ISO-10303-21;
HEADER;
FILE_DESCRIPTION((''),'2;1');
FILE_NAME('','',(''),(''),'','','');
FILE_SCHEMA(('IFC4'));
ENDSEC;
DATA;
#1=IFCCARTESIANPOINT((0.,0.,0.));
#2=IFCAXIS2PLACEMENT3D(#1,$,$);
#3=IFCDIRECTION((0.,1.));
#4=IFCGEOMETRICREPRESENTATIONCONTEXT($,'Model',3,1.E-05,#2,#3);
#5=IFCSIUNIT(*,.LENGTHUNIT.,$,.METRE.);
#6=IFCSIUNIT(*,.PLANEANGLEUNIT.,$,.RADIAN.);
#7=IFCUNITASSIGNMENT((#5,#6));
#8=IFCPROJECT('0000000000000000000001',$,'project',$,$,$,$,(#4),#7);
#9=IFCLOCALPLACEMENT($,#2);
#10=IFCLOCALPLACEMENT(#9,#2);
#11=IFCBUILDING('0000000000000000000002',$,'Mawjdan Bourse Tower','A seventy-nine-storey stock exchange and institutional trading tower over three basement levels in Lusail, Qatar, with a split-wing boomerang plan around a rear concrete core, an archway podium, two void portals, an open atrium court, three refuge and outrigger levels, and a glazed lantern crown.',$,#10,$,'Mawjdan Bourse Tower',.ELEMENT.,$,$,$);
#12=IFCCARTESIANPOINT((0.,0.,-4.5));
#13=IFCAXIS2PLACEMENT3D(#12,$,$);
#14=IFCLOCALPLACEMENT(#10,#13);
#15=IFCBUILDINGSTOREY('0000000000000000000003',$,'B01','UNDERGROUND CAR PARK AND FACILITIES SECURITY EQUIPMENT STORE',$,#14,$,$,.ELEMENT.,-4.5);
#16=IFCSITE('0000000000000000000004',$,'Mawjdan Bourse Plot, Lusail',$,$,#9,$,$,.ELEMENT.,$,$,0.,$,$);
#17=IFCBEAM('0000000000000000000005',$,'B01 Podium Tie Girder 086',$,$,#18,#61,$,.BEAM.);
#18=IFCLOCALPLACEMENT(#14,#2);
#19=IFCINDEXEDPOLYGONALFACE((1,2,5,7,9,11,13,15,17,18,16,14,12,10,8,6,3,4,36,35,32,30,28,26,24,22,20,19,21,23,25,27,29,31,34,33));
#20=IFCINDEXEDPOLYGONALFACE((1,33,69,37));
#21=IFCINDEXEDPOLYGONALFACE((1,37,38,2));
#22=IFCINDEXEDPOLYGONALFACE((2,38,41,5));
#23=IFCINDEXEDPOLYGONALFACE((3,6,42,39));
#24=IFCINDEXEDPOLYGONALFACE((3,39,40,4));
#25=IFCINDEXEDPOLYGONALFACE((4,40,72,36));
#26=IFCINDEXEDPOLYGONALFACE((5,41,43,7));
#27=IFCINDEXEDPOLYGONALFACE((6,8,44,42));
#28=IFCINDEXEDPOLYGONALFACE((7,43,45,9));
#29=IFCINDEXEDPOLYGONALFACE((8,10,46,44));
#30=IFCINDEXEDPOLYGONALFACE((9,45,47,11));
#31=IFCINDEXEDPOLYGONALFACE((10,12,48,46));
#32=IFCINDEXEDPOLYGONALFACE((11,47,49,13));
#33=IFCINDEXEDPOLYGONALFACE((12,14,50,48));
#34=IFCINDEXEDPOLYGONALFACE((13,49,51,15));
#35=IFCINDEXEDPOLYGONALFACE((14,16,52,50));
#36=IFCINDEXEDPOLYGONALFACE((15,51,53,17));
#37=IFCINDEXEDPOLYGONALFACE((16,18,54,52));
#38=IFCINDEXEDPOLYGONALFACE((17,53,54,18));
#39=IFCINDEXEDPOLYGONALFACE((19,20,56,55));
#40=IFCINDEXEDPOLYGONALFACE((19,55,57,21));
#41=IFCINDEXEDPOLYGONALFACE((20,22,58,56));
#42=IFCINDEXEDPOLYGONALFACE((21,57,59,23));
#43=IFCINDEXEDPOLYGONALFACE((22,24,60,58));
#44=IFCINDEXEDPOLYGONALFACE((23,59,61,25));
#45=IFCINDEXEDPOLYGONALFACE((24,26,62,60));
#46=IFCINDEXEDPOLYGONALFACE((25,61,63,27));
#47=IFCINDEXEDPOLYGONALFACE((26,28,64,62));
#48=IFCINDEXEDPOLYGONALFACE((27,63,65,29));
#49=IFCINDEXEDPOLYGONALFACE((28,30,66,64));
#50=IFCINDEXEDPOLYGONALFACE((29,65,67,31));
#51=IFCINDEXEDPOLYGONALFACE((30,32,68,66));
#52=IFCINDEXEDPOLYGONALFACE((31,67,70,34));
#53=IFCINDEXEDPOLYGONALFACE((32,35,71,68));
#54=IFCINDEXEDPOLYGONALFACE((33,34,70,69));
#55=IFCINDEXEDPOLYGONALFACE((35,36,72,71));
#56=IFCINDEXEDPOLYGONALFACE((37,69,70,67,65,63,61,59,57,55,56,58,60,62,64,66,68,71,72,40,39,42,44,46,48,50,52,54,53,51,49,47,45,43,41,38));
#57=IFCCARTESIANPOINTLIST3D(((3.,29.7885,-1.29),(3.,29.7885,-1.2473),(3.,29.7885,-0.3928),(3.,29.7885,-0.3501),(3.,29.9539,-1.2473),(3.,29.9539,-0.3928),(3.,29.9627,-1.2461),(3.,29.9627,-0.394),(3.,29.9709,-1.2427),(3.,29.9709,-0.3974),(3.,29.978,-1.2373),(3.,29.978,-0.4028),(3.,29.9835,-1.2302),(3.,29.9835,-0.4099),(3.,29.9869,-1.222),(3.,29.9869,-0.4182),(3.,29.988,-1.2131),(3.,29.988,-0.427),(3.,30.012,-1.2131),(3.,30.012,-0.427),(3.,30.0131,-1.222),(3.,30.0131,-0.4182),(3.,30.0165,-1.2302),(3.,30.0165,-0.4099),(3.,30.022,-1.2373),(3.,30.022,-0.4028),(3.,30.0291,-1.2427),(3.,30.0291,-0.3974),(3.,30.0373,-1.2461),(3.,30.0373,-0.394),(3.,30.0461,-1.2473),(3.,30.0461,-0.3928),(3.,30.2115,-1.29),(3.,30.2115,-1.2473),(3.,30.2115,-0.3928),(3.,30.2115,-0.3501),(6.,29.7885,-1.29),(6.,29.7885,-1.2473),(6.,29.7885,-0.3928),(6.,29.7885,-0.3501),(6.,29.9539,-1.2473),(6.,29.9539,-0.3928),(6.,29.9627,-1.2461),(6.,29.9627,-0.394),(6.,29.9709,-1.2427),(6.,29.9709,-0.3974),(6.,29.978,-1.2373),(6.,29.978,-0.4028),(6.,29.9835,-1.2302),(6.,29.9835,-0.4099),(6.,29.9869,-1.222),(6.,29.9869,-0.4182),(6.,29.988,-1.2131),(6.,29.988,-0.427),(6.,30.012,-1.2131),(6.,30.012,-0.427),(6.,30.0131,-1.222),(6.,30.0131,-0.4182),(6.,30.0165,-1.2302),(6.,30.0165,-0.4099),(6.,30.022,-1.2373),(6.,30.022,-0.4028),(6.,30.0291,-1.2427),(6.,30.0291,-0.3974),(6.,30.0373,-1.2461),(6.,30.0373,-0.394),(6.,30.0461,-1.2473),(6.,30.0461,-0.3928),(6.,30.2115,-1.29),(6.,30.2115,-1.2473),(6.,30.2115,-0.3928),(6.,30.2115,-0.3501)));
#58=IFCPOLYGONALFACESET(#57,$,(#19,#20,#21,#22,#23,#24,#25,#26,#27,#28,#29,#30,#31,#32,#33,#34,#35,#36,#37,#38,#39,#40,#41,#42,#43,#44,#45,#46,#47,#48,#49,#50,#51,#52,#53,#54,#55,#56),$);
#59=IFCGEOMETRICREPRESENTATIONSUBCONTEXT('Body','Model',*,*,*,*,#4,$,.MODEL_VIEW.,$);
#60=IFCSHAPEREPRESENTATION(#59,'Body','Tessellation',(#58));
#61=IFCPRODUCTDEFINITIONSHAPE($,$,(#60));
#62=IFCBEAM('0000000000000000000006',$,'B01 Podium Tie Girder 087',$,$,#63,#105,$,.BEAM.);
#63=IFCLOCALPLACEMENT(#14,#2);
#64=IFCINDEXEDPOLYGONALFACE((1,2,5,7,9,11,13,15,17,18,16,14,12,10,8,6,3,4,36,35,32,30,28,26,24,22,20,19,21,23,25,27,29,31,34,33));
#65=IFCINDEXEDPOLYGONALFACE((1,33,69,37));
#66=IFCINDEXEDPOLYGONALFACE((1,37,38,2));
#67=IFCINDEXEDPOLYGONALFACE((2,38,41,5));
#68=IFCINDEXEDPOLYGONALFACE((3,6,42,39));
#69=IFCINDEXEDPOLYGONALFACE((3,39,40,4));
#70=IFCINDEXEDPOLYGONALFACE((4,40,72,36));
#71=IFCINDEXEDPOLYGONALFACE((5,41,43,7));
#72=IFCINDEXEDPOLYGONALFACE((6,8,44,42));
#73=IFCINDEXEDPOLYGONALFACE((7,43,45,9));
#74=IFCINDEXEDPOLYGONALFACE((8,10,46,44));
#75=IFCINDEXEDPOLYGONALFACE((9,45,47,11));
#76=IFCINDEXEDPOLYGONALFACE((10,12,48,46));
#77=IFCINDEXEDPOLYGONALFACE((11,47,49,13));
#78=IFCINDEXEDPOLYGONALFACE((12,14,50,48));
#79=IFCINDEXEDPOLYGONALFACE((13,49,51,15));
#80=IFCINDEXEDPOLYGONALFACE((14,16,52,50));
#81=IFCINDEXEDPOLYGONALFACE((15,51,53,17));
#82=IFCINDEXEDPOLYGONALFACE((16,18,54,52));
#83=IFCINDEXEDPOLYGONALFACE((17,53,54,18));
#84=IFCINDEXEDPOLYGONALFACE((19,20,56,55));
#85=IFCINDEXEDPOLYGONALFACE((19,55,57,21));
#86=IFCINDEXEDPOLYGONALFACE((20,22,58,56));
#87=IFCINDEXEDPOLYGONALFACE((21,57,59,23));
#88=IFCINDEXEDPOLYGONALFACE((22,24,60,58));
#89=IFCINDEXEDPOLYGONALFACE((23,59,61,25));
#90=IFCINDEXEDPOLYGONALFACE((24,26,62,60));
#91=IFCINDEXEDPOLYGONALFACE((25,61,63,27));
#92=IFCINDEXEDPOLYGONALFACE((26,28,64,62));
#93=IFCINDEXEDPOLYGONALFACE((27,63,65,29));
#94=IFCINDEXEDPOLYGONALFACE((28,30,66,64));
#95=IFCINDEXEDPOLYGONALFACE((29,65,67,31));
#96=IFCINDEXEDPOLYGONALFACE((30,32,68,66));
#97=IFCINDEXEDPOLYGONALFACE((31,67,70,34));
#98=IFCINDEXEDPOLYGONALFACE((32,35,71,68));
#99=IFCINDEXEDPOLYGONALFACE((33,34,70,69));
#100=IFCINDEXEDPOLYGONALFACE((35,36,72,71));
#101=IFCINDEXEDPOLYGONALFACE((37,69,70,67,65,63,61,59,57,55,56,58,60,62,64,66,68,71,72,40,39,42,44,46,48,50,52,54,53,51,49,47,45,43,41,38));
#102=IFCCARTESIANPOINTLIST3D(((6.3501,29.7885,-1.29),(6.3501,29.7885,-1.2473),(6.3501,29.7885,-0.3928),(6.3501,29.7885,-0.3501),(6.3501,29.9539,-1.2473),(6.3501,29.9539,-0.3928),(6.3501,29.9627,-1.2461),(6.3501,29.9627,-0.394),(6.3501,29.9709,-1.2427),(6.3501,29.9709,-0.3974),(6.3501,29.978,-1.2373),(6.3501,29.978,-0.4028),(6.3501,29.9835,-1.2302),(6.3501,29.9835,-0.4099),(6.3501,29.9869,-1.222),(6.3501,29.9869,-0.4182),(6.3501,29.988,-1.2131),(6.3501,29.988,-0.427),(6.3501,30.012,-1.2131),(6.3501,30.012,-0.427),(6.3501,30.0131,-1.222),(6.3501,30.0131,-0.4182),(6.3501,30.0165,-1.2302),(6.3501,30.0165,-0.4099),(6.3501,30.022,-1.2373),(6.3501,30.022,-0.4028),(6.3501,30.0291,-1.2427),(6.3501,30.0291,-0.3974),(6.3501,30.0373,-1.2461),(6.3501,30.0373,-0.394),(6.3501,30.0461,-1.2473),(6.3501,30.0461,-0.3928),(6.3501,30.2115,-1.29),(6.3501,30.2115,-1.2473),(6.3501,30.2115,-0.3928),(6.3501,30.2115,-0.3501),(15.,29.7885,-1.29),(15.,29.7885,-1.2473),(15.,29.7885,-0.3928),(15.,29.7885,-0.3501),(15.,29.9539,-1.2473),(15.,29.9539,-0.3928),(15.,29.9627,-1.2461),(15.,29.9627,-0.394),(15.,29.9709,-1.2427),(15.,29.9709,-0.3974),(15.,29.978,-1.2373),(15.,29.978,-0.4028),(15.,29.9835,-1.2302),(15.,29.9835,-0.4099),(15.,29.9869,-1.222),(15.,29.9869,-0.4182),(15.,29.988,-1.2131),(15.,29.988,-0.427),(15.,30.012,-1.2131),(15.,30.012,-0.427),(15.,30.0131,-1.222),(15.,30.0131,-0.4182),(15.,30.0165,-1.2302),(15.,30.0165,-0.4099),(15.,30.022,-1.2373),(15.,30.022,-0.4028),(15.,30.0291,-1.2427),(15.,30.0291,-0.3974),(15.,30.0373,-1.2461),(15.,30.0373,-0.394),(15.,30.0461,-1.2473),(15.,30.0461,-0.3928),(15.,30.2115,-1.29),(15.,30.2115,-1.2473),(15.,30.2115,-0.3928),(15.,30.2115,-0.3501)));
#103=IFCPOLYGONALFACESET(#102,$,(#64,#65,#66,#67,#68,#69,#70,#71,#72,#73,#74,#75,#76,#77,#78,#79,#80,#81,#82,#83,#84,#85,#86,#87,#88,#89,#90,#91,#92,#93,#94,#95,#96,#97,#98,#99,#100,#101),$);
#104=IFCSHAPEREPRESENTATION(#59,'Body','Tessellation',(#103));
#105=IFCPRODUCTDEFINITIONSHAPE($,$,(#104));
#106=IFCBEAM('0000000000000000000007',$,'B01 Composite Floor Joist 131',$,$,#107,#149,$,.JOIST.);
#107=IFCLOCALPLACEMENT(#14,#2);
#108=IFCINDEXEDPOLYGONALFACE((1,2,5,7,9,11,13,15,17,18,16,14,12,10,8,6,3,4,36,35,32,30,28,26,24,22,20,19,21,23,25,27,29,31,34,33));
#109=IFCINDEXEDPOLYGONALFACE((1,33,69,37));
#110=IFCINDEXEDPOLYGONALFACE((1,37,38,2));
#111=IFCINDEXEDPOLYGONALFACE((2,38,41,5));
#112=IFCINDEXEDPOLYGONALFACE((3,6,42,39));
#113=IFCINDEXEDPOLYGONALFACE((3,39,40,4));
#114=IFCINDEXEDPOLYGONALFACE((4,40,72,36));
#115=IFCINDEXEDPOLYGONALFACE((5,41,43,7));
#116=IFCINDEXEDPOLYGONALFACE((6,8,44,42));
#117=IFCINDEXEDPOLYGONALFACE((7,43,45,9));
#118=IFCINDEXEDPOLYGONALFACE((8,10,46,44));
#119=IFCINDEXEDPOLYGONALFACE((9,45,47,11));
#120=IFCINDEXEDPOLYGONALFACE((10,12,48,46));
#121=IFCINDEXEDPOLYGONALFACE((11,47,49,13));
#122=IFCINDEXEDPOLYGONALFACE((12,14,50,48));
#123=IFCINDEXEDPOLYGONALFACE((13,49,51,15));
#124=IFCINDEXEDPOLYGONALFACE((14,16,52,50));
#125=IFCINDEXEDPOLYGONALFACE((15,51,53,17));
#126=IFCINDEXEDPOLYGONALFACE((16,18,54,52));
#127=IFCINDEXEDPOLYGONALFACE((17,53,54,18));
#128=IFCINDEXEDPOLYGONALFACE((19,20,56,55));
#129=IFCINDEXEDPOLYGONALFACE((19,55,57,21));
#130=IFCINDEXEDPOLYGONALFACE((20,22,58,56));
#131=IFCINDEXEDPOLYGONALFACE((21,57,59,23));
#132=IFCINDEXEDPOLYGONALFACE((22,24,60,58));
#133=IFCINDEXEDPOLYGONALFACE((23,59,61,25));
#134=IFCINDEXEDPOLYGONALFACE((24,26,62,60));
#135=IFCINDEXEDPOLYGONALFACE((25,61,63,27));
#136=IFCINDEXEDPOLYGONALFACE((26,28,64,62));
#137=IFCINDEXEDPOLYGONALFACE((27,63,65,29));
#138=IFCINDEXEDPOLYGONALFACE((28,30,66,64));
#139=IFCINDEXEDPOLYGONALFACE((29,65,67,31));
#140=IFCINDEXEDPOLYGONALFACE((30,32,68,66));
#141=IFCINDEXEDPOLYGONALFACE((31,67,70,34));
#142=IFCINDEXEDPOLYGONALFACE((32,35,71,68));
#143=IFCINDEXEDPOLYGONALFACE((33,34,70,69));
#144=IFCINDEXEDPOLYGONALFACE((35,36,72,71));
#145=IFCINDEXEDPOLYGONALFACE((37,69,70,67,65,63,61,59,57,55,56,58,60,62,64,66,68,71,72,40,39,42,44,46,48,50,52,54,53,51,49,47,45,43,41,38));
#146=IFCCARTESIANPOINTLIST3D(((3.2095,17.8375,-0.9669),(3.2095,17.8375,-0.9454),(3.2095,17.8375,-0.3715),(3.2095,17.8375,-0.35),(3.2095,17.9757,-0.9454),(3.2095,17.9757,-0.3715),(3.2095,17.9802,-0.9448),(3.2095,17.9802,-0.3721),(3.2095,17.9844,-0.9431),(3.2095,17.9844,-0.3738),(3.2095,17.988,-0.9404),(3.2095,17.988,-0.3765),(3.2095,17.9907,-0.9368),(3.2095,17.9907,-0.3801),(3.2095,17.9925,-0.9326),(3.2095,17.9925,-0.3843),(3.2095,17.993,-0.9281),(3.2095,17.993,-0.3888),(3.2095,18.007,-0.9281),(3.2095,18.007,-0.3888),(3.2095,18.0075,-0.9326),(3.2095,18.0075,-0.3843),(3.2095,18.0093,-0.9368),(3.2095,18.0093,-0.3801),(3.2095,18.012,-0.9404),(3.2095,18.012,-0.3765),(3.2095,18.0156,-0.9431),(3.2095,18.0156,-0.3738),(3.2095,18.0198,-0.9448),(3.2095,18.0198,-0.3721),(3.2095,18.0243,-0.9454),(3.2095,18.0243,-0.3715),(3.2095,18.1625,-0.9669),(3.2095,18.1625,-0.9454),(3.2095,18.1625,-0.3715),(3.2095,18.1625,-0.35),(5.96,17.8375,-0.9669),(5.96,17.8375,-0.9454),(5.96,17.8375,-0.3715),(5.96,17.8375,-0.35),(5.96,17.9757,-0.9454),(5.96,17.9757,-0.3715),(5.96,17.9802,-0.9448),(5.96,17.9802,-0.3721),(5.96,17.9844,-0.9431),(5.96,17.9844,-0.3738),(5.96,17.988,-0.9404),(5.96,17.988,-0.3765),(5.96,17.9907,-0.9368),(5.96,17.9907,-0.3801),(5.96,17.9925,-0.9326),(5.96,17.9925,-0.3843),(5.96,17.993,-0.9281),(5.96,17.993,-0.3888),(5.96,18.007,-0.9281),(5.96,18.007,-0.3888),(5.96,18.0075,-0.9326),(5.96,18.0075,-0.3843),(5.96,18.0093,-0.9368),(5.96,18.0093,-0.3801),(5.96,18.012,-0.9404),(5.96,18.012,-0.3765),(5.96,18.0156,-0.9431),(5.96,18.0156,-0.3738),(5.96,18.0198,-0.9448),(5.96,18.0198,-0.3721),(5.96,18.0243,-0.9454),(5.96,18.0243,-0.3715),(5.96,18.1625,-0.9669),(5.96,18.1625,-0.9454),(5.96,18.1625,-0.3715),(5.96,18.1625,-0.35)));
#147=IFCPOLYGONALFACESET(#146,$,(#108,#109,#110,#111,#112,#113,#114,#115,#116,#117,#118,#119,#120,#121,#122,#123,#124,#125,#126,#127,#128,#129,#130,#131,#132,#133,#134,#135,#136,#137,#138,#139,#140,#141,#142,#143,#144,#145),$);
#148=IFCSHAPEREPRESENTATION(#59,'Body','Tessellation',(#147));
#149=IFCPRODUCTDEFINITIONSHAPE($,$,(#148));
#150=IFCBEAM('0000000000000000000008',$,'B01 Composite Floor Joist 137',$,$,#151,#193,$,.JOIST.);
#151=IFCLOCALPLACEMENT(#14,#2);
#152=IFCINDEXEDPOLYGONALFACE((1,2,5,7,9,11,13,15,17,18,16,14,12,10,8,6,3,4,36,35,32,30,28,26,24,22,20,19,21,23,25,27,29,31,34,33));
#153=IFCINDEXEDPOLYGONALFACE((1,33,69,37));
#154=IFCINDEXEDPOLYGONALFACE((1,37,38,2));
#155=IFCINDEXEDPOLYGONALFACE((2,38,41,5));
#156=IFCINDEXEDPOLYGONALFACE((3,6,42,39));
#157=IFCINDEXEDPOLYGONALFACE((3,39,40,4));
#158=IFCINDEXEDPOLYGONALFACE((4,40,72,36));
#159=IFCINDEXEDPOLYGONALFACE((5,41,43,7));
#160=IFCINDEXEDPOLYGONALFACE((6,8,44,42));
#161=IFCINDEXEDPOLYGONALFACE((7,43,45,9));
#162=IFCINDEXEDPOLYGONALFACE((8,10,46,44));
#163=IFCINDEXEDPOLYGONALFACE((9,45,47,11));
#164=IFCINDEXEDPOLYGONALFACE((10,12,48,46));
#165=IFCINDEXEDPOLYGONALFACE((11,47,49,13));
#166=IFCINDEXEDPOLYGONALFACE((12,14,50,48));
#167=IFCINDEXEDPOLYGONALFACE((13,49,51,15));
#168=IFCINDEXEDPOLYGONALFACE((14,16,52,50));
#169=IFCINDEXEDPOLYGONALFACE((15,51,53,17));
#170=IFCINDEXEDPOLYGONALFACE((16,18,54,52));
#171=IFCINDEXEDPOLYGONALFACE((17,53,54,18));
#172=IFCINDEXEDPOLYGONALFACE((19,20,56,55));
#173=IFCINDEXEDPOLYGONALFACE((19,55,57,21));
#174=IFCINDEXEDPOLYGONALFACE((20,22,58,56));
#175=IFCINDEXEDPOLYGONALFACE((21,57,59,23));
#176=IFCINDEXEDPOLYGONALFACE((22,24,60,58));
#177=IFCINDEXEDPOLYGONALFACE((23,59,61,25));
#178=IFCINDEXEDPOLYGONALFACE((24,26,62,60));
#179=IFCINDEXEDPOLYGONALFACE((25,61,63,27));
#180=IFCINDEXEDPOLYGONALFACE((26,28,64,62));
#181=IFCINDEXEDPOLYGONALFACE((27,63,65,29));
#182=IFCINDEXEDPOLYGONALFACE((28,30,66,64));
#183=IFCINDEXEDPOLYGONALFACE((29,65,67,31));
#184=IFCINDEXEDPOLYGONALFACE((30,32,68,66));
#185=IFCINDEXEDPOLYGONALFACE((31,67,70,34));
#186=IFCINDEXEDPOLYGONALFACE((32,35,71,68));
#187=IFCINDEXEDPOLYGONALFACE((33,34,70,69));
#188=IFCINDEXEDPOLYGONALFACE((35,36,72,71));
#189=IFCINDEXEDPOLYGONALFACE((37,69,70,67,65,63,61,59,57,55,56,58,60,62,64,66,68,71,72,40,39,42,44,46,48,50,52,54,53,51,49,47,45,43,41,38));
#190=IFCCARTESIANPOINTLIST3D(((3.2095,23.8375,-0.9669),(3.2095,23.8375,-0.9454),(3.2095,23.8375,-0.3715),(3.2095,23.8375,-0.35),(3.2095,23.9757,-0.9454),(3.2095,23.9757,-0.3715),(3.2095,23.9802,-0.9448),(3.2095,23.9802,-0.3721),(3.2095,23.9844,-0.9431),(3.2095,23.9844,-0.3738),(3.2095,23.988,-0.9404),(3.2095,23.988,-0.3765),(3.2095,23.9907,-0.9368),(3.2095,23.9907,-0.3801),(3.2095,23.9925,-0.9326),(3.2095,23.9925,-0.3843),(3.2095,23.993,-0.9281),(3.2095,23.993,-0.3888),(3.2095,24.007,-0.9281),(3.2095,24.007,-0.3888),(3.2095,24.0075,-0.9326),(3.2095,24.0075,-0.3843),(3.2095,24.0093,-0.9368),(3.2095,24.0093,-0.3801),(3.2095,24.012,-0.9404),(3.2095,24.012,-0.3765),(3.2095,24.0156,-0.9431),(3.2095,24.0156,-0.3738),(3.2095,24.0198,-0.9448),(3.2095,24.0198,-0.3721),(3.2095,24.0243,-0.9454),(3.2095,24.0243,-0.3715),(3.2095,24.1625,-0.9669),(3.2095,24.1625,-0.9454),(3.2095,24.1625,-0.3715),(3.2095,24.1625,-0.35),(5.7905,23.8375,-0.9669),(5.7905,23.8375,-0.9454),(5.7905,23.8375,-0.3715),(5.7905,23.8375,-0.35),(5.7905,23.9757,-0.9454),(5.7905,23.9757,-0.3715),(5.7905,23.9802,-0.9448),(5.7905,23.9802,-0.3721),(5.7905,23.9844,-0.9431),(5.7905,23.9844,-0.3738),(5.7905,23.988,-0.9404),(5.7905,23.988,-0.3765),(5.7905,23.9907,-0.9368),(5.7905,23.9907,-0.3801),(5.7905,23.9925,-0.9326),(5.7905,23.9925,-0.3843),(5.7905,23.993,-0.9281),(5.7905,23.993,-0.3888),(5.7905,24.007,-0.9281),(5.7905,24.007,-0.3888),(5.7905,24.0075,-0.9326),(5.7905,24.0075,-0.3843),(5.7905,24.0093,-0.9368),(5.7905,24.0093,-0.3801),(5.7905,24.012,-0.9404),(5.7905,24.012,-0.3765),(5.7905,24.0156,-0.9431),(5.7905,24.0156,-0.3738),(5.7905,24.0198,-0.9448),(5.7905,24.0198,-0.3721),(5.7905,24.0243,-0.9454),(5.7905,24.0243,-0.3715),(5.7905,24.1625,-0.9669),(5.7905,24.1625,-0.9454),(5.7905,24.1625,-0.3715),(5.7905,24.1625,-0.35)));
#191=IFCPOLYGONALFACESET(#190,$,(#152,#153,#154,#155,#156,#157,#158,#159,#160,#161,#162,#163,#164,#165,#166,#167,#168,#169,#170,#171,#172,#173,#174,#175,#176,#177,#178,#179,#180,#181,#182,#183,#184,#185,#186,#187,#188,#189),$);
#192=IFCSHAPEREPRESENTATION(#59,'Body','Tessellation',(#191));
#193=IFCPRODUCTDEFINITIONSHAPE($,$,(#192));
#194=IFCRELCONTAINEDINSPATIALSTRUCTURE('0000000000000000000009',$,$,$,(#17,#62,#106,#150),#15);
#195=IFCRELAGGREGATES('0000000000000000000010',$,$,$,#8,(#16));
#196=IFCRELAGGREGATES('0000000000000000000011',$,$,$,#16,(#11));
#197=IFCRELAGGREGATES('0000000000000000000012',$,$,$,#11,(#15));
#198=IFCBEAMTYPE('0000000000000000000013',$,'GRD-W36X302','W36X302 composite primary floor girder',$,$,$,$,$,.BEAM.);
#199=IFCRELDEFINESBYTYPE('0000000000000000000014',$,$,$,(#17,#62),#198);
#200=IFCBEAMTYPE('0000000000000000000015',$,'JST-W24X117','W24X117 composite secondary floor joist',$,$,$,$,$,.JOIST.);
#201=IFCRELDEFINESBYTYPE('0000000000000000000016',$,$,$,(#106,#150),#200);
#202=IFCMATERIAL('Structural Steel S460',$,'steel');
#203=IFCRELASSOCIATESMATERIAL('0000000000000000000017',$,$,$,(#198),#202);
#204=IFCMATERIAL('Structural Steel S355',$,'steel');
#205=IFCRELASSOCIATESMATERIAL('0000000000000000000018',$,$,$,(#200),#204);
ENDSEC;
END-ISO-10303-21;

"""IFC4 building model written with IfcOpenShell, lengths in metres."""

from ifc_helpers import new_model, si_unit, direction, frame, origin, origin_2d, place, context, subcontext, project, spatial, i_section, extrude, material, material_profile, profile_set, type_object, element, save


model = new_model("IFC4")

# Units and contexts
model_context = context("Model", 3, precision=1e-05, world=origin(), true_north=direction((0.0, 1.0)))
body_context = subcontext(model_context, "Body", "Model", "MODEL_VIEW")
ifc_project = project(units=[si_unit("LENGTHUNIT", "METRE"), si_unit("PLANEANGLEUNIT", "RADIAN")], contexts=[model_context])

# Site, building, storey
site_placement = place(None, origin())
site = spatial("IfcSite", under=ifc_project, at=site_placement, Name="Mawjdan Bourse Plot, Lusail", CompositionType="ELEMENT", RefElevation=0.0)
building_placement = place(site_placement, origin())
building = spatial("IfcBuilding", under=site, at=building_placement, Name="Mawjdan Bourse Tower", Description="A seventy-nine-storey stock exchange and institutional trading tower over three basement levels in Lusail, Qatar, with a split-wing boomerang plan around a rear concrete core, an archway podium, two void portals, an open atrium court, three refuge and outrigger levels, and a glazed lantern crown.", LongName="Mawjdan Bourse Tower", CompositionType="ELEMENT")
storey_placement = place(building_placement, frame((0.0, 0.0, -4.5)))
storey = spatial("IfcBuildingStorey", under=building, at=storey_placement, Name="B01", Description="UNDERGROUND CAR PARK AND FACILITIES SECURITY EQUIPMENT STORE", CompositionType="ELEMENT", Elevation=-4.5)

# Beams
ifc_material_1 = material(Name="Structural Steel S460", Category="steel")
ifc_material_profile_1 = material_profile(ifc_material_1, i_section(OverallWidth=0.4231, OverallDepth=0.9399, WebThickness=0.0239, FlangeThickness=0.0427, FilletRadius=0.0342, at=origin_2d()), Name="W36X302")
ifc_profile_set_1 = profile_set([ifc_material_profile_1], Name="Structural Steel S460")
beam_type_1 = type_object("IfcBeamType", Name="GRD-W36X302", Description="W36X302 composite primary floor girder", PredefinedType="BEAM", material=ifc_profile_set_1)
beam_1_placement = place(storey_placement, frame((3.0, 30.0, -0.8201), z_axis=(1.0, 0.0, 0.0), x_axis=(0.0, 1.0, 0.0)))
element("IfcBeam", 1, at=beam_1_placement, inside=storey, type_object=beam_type_1, Name="B01 Podium Tie Girder 086", PredefinedType="BEAM", context=body_context, shape_type="SweptSolid", body=[
    extrude(i_section(OverallWidth=0.4231, OverallDepth=0.9399, WebThickness=0.0239, FlangeThickness=0.0427, FilletRadius=0.0342, at=origin_2d()), origin(), (0.0, 0.0, 1.0), 3.0),
])
beam_2_placement = place(storey_placement, frame((6.3501, 30.0, -0.8201), z_axis=(1.0, 0.0, 0.0), x_axis=(0.0, 1.0, 0.0)))
element("IfcBeam", 2, at=beam_2_placement, inside=storey, type_object=beam_type_1, Name="B01 Podium Tie Girder 087", PredefinedType="BEAM", context=body_context, shape_type="SweptSolid", body=[
    extrude(i_section(OverallWidth=0.4231, OverallDepth=0.9399, WebThickness=0.0239, FlangeThickness=0.0427, FilletRadius=0.0342, at=origin_2d()), origin(), (0.0, 0.0, 1.0), 8.6499),
])
ifc_material_2 = material(Name="Structural Steel S355", Category="steel")
ifc_material_profile_2 = material_profile(ifc_material_2, i_section(OverallWidth=0.325, OverallDepth=0.6169, WebThickness=0.0139, FlangeThickness=0.0215, FilletRadius=0.0173, at=origin_2d()), Name="W24X117")
ifc_profile_set_2 = profile_set([ifc_material_profile_2], Name="Structural Steel S355")
beam_type_2 = type_object("IfcBeamType", Name="JST-W24X117", Description="W24X117 composite secondary floor joist", PredefinedType="JOIST", material=ifc_profile_set_2)
beam_3_placement = place(storey_placement, frame((3.2095, 18.0, -0.6584), z_axis=(1.0, 0.0, 0.0), x_axis=(0.0, 1.0, 0.0)))
element("IfcBeam", 3, at=beam_3_placement, inside=storey, type_object=beam_type_2, Name="B01 Composite Floor Joist 131", PredefinedType="JOIST", context=body_context, shape_type="SweptSolid", body=[
    extrude(i_section(OverallWidth=0.325, OverallDepth=0.6169, WebThickness=0.0139, FlangeThickness=0.0215, FilletRadius=0.0173, at=origin_2d()), origin(), (0.0, 0.0, 1.0), 2.7505),
])
for number, where, z_axis, x_axis, name in (
    (4, (3.2095, 24.0, -0.6584), (1.0, 0.0, 0.0), (0.0, 1.0, 0.0), "B01 Composite Floor Joist 137"),
):
    element("IfcBeam", number, at=place(storey_placement, frame(where, z_axis=z_axis, x_axis=x_axis)), inside=storey, type_object=beam_type_2, Name=name, PredefinedType="JOIST", context=body_context, shape_type="SweptSolid", body=[
        extrude(i_section(OverallWidth=0.325, OverallDepth=0.6169, WebThickness=0.0139, FlangeThickness=0.0215, FilletRadius=0.0173, at=origin_2d()), origin(), (0.0, 0.0, 1.0), 2.5811),
    ])

save(model, "model.ifc")
